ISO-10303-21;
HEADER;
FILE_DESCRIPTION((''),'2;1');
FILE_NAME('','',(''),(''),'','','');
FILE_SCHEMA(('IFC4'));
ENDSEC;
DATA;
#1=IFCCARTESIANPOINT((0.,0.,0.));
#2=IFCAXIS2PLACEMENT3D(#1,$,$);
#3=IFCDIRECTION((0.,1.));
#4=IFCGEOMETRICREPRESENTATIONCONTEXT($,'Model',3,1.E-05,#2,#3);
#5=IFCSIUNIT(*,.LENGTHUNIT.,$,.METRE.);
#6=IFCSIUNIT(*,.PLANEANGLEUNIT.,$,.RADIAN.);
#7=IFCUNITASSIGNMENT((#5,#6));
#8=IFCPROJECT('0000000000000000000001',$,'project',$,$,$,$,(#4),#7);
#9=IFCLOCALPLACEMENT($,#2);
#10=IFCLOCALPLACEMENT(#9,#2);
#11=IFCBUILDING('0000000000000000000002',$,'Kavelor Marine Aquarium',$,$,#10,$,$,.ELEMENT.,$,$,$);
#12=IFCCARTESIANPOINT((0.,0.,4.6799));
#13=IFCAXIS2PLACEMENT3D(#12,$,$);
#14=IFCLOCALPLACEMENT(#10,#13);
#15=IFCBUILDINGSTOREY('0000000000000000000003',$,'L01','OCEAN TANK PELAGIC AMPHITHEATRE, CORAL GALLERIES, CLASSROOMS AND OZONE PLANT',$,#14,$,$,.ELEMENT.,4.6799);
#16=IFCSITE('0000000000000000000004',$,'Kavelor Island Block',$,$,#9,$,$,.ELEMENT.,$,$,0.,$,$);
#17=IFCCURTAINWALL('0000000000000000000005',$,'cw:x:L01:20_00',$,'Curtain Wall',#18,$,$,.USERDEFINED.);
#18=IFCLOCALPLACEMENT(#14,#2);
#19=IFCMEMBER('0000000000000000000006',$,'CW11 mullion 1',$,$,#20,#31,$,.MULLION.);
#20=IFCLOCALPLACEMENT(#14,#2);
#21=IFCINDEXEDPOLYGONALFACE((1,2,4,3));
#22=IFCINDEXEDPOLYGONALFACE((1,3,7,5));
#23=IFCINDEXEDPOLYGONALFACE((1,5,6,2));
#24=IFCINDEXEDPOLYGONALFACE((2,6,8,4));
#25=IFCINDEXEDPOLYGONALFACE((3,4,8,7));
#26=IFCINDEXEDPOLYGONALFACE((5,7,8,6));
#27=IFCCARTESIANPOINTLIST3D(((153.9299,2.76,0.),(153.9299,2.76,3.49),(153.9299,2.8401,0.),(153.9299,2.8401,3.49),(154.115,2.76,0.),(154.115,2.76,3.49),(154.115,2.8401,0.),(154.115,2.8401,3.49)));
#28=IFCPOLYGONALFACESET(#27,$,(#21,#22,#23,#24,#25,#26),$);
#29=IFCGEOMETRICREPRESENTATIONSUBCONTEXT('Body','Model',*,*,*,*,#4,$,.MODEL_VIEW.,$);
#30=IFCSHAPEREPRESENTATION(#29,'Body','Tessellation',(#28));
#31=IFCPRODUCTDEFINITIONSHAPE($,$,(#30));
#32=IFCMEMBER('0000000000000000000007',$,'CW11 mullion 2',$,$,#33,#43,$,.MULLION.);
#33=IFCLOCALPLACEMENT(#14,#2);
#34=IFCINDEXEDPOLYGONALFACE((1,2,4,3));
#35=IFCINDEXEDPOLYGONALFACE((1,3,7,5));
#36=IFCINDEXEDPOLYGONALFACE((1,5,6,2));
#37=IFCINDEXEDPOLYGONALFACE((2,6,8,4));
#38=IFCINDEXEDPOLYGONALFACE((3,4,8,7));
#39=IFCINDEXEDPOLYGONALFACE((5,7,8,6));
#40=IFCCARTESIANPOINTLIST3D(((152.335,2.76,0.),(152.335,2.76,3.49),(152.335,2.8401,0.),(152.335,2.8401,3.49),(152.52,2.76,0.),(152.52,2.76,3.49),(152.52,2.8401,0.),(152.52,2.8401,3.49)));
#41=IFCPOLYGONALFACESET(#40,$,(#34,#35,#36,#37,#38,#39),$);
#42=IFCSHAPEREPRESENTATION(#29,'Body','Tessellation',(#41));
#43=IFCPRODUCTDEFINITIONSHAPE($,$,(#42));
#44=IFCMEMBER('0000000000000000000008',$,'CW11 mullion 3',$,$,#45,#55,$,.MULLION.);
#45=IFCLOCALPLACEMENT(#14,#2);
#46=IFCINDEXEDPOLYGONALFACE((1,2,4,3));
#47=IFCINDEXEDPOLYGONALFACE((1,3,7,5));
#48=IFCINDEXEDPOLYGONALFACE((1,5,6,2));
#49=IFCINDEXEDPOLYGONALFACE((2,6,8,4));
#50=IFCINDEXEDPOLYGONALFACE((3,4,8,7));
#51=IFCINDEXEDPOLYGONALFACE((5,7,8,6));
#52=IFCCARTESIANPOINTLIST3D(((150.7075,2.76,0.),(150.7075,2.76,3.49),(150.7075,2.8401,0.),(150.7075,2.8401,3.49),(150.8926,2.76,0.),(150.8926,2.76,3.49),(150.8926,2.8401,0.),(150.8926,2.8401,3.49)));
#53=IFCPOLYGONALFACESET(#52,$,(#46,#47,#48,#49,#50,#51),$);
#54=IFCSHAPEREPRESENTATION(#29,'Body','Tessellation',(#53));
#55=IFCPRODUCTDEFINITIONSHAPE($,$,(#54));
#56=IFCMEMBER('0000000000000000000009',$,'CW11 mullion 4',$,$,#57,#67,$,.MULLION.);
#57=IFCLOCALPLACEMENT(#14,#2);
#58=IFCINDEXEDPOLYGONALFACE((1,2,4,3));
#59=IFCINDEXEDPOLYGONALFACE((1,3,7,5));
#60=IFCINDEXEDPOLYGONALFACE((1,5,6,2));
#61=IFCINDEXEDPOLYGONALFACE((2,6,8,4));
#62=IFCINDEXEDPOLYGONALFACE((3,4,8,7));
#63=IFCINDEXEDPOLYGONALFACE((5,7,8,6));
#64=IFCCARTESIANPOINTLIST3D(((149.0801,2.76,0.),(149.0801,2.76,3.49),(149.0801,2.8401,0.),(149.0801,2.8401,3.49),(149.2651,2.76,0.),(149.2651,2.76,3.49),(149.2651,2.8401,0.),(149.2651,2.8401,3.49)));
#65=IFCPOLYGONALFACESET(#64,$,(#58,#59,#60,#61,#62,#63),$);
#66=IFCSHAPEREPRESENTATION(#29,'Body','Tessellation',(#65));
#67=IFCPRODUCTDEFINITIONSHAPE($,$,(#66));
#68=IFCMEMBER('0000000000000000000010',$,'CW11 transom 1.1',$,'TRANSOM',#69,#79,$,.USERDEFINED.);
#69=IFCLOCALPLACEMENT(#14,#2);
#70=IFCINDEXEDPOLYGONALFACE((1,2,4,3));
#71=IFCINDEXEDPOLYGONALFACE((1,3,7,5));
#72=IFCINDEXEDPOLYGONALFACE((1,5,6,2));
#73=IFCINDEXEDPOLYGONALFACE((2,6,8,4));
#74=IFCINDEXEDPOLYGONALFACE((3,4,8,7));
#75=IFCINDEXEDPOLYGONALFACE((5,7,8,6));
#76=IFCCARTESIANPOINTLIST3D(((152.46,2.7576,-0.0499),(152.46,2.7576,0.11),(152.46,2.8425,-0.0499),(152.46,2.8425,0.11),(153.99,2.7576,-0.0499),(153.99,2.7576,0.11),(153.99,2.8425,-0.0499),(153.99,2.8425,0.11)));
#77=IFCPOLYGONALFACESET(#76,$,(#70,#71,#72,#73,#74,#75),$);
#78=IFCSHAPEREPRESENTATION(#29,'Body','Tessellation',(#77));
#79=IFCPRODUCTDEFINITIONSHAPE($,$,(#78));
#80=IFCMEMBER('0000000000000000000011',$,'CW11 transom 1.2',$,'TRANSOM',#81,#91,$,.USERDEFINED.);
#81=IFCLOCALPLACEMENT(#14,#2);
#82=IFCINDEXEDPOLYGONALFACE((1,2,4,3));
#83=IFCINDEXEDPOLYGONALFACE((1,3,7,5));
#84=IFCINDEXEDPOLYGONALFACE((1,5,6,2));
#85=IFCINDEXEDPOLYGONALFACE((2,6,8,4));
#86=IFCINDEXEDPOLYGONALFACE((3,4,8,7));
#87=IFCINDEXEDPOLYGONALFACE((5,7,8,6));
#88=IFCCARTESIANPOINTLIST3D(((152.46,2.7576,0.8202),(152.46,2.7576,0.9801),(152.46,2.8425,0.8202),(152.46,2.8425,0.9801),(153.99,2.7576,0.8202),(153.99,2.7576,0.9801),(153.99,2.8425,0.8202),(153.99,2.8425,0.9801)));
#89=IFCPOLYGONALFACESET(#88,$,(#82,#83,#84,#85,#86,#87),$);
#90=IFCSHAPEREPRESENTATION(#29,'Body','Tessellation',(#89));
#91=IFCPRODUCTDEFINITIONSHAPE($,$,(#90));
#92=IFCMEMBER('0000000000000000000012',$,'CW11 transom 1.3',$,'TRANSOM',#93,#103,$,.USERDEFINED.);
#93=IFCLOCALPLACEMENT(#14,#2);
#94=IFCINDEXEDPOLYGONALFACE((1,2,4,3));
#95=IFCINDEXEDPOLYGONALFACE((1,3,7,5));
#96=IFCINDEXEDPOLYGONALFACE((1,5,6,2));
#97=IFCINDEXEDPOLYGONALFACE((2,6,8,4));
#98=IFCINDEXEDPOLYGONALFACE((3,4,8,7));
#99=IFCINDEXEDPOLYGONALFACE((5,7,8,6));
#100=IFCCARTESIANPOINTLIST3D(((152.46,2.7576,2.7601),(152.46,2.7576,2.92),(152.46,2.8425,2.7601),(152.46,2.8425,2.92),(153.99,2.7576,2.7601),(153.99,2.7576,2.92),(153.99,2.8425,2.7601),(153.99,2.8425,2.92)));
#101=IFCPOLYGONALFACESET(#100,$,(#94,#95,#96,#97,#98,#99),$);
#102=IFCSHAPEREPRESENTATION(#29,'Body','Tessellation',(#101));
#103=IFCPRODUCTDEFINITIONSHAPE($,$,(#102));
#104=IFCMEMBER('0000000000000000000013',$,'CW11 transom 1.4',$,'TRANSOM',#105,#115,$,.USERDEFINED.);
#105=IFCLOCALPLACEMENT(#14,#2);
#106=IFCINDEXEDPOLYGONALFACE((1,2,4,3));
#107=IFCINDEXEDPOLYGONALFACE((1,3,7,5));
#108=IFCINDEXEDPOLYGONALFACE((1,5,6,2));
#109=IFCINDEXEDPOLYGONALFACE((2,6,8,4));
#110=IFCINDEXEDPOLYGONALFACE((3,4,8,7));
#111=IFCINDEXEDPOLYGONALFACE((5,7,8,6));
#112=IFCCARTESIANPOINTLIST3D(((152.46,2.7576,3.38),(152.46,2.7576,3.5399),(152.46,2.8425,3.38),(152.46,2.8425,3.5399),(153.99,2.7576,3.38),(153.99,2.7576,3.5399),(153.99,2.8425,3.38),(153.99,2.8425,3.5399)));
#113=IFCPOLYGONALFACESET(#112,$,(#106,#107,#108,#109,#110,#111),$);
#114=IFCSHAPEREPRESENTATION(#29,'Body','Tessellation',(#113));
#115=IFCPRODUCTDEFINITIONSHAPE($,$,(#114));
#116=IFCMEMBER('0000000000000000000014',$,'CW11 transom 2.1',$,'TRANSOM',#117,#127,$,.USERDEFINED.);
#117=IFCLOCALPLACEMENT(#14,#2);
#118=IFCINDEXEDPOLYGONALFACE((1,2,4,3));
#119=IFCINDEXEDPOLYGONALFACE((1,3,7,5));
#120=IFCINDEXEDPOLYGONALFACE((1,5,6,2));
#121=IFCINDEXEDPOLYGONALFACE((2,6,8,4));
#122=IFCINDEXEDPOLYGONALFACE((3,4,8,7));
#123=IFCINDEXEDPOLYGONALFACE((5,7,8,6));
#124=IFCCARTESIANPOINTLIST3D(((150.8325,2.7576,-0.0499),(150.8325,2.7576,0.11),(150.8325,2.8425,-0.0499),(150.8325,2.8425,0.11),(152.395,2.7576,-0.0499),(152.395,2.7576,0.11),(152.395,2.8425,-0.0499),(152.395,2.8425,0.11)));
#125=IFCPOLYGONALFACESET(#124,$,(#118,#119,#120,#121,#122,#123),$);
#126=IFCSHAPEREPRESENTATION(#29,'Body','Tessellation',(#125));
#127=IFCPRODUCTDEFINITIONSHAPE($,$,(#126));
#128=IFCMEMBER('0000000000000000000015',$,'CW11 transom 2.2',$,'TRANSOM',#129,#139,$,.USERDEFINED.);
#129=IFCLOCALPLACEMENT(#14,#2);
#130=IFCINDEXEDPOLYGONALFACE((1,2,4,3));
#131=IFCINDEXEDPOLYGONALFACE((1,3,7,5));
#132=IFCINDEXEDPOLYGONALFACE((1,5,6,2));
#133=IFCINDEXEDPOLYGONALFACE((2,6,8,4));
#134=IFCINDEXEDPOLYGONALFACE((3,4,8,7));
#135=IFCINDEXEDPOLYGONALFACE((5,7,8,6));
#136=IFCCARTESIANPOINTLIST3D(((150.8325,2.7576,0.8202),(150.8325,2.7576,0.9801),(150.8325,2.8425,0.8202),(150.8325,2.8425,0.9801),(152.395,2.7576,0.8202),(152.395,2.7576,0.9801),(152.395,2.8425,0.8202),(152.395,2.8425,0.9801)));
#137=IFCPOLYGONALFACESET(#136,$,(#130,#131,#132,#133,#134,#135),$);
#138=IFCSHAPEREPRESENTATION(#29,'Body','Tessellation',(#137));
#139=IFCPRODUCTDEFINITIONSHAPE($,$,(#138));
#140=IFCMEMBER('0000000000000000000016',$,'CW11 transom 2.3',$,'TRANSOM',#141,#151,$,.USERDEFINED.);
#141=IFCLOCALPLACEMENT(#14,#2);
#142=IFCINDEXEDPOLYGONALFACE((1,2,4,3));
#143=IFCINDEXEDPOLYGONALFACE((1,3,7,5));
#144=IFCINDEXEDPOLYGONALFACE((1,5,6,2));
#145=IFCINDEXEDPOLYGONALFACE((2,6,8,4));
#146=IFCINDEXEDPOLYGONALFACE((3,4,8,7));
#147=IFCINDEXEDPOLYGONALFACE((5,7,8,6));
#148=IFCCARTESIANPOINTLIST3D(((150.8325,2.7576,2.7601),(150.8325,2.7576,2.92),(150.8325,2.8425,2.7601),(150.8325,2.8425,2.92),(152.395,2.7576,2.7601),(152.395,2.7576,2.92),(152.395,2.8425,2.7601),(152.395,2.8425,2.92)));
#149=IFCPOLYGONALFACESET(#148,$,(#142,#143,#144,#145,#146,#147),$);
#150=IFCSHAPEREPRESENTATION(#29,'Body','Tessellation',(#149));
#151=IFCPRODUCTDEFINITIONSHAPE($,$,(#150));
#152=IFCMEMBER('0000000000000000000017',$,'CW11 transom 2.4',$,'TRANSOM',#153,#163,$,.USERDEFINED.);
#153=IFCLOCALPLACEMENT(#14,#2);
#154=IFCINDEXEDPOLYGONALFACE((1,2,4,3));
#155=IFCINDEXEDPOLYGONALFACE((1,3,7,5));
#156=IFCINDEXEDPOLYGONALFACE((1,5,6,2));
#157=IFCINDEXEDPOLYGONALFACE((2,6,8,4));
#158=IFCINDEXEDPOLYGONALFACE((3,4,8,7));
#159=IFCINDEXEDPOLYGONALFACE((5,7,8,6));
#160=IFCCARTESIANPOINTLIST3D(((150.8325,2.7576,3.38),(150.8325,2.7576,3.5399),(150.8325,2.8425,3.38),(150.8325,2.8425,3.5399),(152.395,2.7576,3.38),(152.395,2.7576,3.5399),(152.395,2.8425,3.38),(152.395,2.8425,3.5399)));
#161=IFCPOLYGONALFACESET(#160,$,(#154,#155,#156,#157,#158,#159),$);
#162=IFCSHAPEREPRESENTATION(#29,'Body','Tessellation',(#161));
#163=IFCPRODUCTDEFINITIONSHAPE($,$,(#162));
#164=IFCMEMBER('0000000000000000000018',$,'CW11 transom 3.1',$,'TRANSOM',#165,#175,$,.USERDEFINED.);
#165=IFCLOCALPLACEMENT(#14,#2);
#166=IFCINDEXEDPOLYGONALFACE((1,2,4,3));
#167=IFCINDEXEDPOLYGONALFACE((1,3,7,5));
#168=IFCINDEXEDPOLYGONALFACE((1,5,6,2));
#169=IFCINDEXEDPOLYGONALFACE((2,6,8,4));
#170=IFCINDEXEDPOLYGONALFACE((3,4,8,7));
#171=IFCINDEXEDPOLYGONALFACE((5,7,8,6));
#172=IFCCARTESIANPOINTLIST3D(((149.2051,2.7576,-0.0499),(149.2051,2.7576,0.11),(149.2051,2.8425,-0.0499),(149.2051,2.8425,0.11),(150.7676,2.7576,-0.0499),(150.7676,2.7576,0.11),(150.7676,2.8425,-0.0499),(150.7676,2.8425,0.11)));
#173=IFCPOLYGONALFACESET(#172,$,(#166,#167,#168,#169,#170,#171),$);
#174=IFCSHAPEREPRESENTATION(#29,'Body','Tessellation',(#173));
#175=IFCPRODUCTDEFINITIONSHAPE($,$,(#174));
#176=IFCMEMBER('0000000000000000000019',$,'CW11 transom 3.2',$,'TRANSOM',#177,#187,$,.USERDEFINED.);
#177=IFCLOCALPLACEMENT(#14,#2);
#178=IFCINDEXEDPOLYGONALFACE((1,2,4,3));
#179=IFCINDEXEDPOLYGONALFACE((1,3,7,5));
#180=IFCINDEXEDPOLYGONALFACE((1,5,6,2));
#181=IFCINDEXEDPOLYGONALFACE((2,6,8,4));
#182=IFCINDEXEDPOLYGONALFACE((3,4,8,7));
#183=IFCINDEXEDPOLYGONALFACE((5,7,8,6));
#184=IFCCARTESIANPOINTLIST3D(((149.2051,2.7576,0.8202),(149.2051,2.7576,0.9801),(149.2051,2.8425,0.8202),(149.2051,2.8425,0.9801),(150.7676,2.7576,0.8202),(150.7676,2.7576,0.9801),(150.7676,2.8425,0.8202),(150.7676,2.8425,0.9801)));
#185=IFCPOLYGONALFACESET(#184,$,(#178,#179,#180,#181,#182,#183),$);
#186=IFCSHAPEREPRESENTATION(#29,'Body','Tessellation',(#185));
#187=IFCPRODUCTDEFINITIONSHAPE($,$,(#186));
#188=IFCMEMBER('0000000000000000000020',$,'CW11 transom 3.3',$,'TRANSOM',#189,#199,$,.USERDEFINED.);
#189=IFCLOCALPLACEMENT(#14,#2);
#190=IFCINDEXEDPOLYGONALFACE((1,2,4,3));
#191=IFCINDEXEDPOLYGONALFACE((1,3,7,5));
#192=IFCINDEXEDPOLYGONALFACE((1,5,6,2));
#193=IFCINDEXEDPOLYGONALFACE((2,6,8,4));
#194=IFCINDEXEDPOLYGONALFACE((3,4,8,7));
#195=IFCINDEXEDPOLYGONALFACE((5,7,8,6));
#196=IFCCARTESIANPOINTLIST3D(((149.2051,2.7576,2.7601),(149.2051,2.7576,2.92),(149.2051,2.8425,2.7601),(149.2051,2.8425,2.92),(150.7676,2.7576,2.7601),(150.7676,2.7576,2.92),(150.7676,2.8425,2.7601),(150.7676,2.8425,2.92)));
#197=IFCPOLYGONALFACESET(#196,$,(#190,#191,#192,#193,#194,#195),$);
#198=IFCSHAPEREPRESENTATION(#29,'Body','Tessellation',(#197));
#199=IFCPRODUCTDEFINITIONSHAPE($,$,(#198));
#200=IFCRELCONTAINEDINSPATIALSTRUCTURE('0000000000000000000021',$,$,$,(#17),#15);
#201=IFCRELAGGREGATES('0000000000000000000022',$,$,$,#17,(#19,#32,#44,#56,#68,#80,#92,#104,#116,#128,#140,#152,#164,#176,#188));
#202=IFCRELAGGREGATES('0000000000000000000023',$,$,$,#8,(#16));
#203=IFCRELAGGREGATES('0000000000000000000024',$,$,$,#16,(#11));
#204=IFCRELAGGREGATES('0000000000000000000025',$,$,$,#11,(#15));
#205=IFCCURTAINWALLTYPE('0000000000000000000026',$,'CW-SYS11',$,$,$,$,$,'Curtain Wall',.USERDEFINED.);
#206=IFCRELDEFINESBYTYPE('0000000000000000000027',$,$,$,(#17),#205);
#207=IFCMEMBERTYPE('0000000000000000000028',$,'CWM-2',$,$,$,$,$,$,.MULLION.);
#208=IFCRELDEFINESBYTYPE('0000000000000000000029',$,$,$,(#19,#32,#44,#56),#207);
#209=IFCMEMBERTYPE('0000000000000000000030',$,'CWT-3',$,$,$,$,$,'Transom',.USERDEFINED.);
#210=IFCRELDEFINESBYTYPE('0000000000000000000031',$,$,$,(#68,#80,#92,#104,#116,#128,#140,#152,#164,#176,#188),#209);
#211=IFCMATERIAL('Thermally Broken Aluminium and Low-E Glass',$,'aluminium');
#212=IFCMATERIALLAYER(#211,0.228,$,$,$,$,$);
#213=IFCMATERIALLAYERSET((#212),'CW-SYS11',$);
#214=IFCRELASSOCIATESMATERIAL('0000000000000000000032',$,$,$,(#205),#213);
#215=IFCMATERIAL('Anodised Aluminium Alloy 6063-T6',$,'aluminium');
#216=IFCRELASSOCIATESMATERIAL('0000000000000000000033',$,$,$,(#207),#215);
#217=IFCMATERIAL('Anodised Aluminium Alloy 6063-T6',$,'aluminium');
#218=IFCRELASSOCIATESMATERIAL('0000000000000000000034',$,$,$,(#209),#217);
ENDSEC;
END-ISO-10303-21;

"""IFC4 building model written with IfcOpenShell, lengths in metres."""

from ifc_helpers import new_model, si_unit, direction, frame, origin, origin_2d, place, context, subcontext, project, spatial, rectangle, extrude, material, layer, layer_set, material_profile, profile_set, type_object, element, aggregate, save


model = new_model("IFC4")

# Units and contexts
model_context = context("Model", 3, precision=1e-05, world=origin(), true_north=direction((0.0, 1.0)))
body_context = subcontext(model_context, "Body", "Model", "MODEL_VIEW")
ifc_project = project(units=[si_unit("LENGTHUNIT", "METRE"), si_unit("PLANEANGLEUNIT", "RADIAN")], contexts=[model_context])

# Site, building, storey
site_placement = place(None, origin())
site = spatial("IfcSite", under=ifc_project, at=site_placement, Name="Kavelor Island Block", CompositionType="ELEMENT", RefElevation=0.0)
building_placement = place(site_placement, origin())
building = spatial("IfcBuilding", under=site, at=building_placement, Name="Kavelor Marine Aquarium", CompositionType="ELEMENT")
storey_placement = place(building_placement, frame((0.0, 0.0, 4.6799)))
storey = spatial("IfcBuildingStorey", under=building, at=storey_placement, Name="L01", Description="OCEAN TANK PELAGIC AMPHITHEATRE, CORAL GALLERIES, CLASSROOMS AND OZONE PLANT", CompositionType="ELEMENT", Elevation=4.6799)

# Curtain wall, members
ifc_material_1 = material(Name="Thermally Broken Aluminium and Low-E Glass", Category="aluminium")
ifc_layer_1 = layer(ifc_material_1, 0.228)
ifc_layer_set_1 = layer_set([ifc_layer_1], Name="CW-SYS11")
curtain_wall_type = type_object("IfcCurtainWallType", Name="CW-SYS11", ElementType="Curtain Wall", PredefinedType="USERDEFINED", material=ifc_layer_set_1)
curtain_wall_placement = place(storey_placement, origin())
curtain_wall = element("IfcCurtainWall", 1, at=curtain_wall_placement, inside=storey, type_object=curtain_wall_type, Name="cw:x:L01:20_00", ObjectType="Curtain Wall", PredefinedType="USERDEFINED")
ifc_material_2 = material(Name="Anodised Aluminium Alloy 6063-T6", Category="aluminium")
ifc_material_profile_1 = material_profile(ifc_material_2, rectangle(XDim=0.0801, YDim=0.1851, at=origin_2d()), Name="CW-MUL 80x185")
ifc_profile_set_1 = profile_set([ifc_material_profile_1], Name="Anodised Aluminium Alloy 6063-T6")
member_type_1 = type_object("IfcMemberType", Name="CWM-2", PredefinedType="MULLION", material=ifc_profile_set_1)
member_1_placement = place(storey_placement, frame((154.0225, 2.8, 0.0), z_axis=(0.0, 0.0, 1.0), x_axis=(0.0, -1.0, 0.0)))
member_1 = element("IfcMember", 2, at=member_1_placement, type_object=member_type_1, Name="CW11 mullion 1", PredefinedType="MULLION", context=body_context, shape_type="SweptSolid", body=[
    extrude(rectangle(XDim=0.0801, YDim=0.1851, at=origin_2d()), origin(), (0.0, 0.0, 1.0), 3.49),
])
member_2_placement = place(storey_placement, frame((152.4275, 2.8, 0.0), z_axis=(0.0, 0.0, 1.0), x_axis=(0.0, -1.0, 0.0)))
member_2 = element("IfcMember", 3, at=member_2_placement, type_object=member_type_1, Name="CW11 mullion 2", PredefinedType="MULLION", context=body_context, shape_type="SweptSolid", body=[
    extrude(rectangle(XDim=0.0801, YDim=0.1851, at=origin_2d()), origin(), (0.0, 0.0, 1.0), 3.49),
])
member_3_placement = place(storey_placement, frame((150.8, 2.8, 0.0), z_axis=(0.0, 0.0, 1.0), x_axis=(0.0, -1.0, 0.0)))
member_3 = element("IfcMember", 4, at=member_3_placement, type_object=member_type_1, Name="CW11 mullion 3", PredefinedType="MULLION", context=body_context, shape_type="SweptSolid", body=[
    extrude(rectangle(XDim=0.0801, YDim=0.1851, at=origin_2d()), origin(), (0.0, 0.0, 1.0), 3.49),
])
member_4_placement = place(storey_placement, frame((149.1726, 2.8, 0.0), z_axis=(0.0, 0.0, 1.0), x_axis=(0.0, -1.0, 0.0)))
member_4 = element("IfcMember", 5, at=member_4_placement, type_object=member_type_1, Name="CW11 mullion 4", PredefinedType="MULLION", context=body_context, shape_type="SweptSolid", body=[
    extrude(rectangle(XDim=0.0801, YDim=0.1851, at=origin_2d()), origin(), (0.0, 0.0, 1.0), 3.49),
])
ifc_material_3 = material(Name="Anodised Aluminium Alloy 6063-T6", Category="aluminium")
ifc_material_profile_2 = material_profile(ifc_material_3, rectangle(XDim=0.085, YDim=0.1599, at=origin_2d()), Name="CW-TRN 85x160")
ifc_profile_set_2 = profile_set([ifc_material_profile_2], Name="Anodised Aluminium Alloy 6063-T6")
member_type_2 = type_object("IfcMemberType", Name="CWT-3", ElementType="Transom", PredefinedType="USERDEFINED", material=ifc_profile_set_2)
member_5_placement = place(storey_placement, frame((153.99, 2.8, 0.03), z_axis=(-1.0, 0.0, 0.0), x_axis=(0.0, -1.0, 0.0)))
member_5 = element("IfcMember", 6, at=member_5_placement, type_object=member_type_2, Name="CW11 transom 1.1", ObjectType="TRANSOM", PredefinedType="USERDEFINED", context=body_context, shape_type="SweptSolid", body=[
    extrude(rectangle(XDim=0.085, YDim=0.1599, at=origin_2d()), origin(), (0.0, 0.0, 1.0), 1.53),
])
member_6_placement = place(storey_placement, frame((153.99, 2.8, 0.9001), z_axis=(-1.0, 0.0, 0.0), x_axis=(0.0, -1.0, 0.0)))
member_6 = element("IfcMember", 7, at=member_6_placement, type_object=member_type_2, Name="CW11 transom 1.2", ObjectType="TRANSOM", PredefinedType="USERDEFINED", context=body_context, shape_type="SweptSolid", body=[
    extrude(rectangle(XDim=0.085, YDim=0.1599, at=origin_2d()), origin(), (0.0, 0.0, 1.0), 1.53),
])
member_7_placement = place(storey_placement, frame((153.99, 2.8, 2.8401), z_axis=(-1.0, 0.0, 0.0), x_axis=(0.0, -1.0, 0.0)))
member_7 = element("IfcMember", 8, at=member_7_placement, type_object=member_type_2, Name="CW11 transom 1.3", ObjectType="TRANSOM", PredefinedType="USERDEFINED", context=body_context, shape_type="SweptSolid", body=[
    extrude(rectangle(XDim=0.085, YDim=0.1599, at=origin_2d()), origin(), (0.0, 0.0, 1.0), 1.53),
])
member_8_placement = place(storey_placement, frame((153.99, 2.8, 3.46), z_axis=(-1.0, 0.0, 0.0), x_axis=(0.0, -1.0, 0.0)))
member_8 = element("IfcMember", 9, at=member_8_placement, type_object=member_type_2, Name="CW11 transom 1.4", ObjectType="TRANSOM", PredefinedType="USERDEFINED", context=body_context, shape_type="SweptSolid", body=[
    extrude(rectangle(XDim=0.085, YDim=0.1599, at=origin_2d()), origin(), (0.0, 0.0, 1.0), 1.53),
])
member_9_placement = place(storey_placement, frame((152.395, 2.8, 0.03), z_axis=(-1.0, 0.0, 0.0), x_axis=(0.0, -1.0, 0.0)))
member_9 = element("IfcMember", 10, at=member_9_placement, type_object=member_type_2, Name="CW11 transom 2.1", ObjectType="TRANSOM", PredefinedType="USERDEFINED", context=body_context, shape_type="SweptSolid", body=[
    extrude(rectangle(XDim=0.085, YDim=0.1599, at=origin_2d()), origin(), (0.0, 0.0, 1.0), 1.5625),
])
member_10_placement = place(storey_placement, frame((152.395, 2.8, 0.9001), z_axis=(-1.0, 0.0, 0.0), x_axis=(0.0, -1.0, 0.0)))
member_10 = element("IfcMember", 11, at=member_10_placement, type_object=member_type_2, Name="CW11 transom 2.2", ObjectType="TRANSOM", PredefinedType="USERDEFINED", context=body_context, shape_type="SweptSolid", body=[
    extrude(rectangle(XDim=0.085, YDim=0.1599, at=origin_2d()), origin(), (0.0, 0.0, 1.0), 1.5625),
])
member_11_placement = place(storey_placement, frame((152.395, 2.8, 2.8401), z_axis=(-1.0, 0.0, 0.0), x_axis=(0.0, -1.0, 0.0)))
member_11 = element("IfcMember", 12, at=member_11_placement, type_object=member_type_2, Name="CW11 transom 2.3", ObjectType="TRANSOM", PredefinedType="USERDEFINED", context=body_context, shape_type="SweptSolid", body=[
    extrude(rectangle(XDim=0.085, YDim=0.1599, at=origin_2d()), origin(), (0.0, 0.0, 1.0), 1.5625),
])
member_12_placement = place(storey_placement, frame((152.395, 2.8, 3.46), z_axis=(-1.0, 0.0, 0.0), x_axis=(0.0, -1.0, 0.0)))
member_12 = element("IfcMember", 13, at=member_12_placement, type_object=member_type_2, Name="CW11 transom 2.4", ObjectType="TRANSOM", PredefinedType="USERDEFINED", context=body_context, shape_type="SweptSolid", body=[
    extrude(rectangle(XDim=0.085, YDim=0.1599, at=origin_2d()), origin(), (0.0, 0.0, 1.0), 1.5625),
])
member_13_placement = place(storey_placement, frame((150.7676, 2.8, 0.03), z_axis=(-1.0, 0.0, 0.0), x_axis=(0.0, -1.0, 0.0)))
member_13 = element("IfcMember", 14, at=member_13_placement, type_object=member_type_2, Name="CW11 transom 3.1", ObjectType="TRANSOM", PredefinedType="USERDEFINED", context=body_context, shape_type="SweptSolid", body=[
    extrude(rectangle(XDim=0.085, YDim=0.1599, at=origin_2d()), origin(), (0.0, 0.0, 1.0), 1.5625),
])
member_14_placement = place(storey_placement, frame((150.7676, 2.8, 0.9001), z_axis=(-1.0, 0.0, 0.0), x_axis=(0.0, -1.0, 0.0)))
member_14 = element("IfcMember", 15, at=member_14_placement, type_object=member_type_2, Name="CW11 transom 3.2", ObjectType="TRANSOM", PredefinedType="USERDEFINED", context=body_context, shape_type="SweptSolid", body=[
    extrude(rectangle(XDim=0.085, YDim=0.1599, at=origin_2d()), origin(), (0.0, 0.0, 1.0), 1.5625),
])
member_15_placement = place(storey_placement, frame((150.7676, 2.8, 2.8401), z_axis=(-1.0, 0.0, 0.0), x_axis=(0.0, -1.0, 0.0)))
member_15 = element("IfcMember", 16, at=member_15_placement, type_object=member_type_2, Name="CW11 transom 3.3", ObjectType="TRANSOM", PredefinedType="USERDEFINED", context=body_context, shape_type="SweptSolid", body=[
    extrude(rectangle(XDim=0.085, YDim=0.1599, at=origin_2d()), origin(), (0.0, 0.0, 1.0), 1.5625),
])
aggregate(curtain_wall, [member_1, member_2, member_3, member_4, member_5, member_6, member_7, member_8, member_9, member_10, member_11, member_12, member_13, member_14, member_15])

save(model, "model.ifc")
